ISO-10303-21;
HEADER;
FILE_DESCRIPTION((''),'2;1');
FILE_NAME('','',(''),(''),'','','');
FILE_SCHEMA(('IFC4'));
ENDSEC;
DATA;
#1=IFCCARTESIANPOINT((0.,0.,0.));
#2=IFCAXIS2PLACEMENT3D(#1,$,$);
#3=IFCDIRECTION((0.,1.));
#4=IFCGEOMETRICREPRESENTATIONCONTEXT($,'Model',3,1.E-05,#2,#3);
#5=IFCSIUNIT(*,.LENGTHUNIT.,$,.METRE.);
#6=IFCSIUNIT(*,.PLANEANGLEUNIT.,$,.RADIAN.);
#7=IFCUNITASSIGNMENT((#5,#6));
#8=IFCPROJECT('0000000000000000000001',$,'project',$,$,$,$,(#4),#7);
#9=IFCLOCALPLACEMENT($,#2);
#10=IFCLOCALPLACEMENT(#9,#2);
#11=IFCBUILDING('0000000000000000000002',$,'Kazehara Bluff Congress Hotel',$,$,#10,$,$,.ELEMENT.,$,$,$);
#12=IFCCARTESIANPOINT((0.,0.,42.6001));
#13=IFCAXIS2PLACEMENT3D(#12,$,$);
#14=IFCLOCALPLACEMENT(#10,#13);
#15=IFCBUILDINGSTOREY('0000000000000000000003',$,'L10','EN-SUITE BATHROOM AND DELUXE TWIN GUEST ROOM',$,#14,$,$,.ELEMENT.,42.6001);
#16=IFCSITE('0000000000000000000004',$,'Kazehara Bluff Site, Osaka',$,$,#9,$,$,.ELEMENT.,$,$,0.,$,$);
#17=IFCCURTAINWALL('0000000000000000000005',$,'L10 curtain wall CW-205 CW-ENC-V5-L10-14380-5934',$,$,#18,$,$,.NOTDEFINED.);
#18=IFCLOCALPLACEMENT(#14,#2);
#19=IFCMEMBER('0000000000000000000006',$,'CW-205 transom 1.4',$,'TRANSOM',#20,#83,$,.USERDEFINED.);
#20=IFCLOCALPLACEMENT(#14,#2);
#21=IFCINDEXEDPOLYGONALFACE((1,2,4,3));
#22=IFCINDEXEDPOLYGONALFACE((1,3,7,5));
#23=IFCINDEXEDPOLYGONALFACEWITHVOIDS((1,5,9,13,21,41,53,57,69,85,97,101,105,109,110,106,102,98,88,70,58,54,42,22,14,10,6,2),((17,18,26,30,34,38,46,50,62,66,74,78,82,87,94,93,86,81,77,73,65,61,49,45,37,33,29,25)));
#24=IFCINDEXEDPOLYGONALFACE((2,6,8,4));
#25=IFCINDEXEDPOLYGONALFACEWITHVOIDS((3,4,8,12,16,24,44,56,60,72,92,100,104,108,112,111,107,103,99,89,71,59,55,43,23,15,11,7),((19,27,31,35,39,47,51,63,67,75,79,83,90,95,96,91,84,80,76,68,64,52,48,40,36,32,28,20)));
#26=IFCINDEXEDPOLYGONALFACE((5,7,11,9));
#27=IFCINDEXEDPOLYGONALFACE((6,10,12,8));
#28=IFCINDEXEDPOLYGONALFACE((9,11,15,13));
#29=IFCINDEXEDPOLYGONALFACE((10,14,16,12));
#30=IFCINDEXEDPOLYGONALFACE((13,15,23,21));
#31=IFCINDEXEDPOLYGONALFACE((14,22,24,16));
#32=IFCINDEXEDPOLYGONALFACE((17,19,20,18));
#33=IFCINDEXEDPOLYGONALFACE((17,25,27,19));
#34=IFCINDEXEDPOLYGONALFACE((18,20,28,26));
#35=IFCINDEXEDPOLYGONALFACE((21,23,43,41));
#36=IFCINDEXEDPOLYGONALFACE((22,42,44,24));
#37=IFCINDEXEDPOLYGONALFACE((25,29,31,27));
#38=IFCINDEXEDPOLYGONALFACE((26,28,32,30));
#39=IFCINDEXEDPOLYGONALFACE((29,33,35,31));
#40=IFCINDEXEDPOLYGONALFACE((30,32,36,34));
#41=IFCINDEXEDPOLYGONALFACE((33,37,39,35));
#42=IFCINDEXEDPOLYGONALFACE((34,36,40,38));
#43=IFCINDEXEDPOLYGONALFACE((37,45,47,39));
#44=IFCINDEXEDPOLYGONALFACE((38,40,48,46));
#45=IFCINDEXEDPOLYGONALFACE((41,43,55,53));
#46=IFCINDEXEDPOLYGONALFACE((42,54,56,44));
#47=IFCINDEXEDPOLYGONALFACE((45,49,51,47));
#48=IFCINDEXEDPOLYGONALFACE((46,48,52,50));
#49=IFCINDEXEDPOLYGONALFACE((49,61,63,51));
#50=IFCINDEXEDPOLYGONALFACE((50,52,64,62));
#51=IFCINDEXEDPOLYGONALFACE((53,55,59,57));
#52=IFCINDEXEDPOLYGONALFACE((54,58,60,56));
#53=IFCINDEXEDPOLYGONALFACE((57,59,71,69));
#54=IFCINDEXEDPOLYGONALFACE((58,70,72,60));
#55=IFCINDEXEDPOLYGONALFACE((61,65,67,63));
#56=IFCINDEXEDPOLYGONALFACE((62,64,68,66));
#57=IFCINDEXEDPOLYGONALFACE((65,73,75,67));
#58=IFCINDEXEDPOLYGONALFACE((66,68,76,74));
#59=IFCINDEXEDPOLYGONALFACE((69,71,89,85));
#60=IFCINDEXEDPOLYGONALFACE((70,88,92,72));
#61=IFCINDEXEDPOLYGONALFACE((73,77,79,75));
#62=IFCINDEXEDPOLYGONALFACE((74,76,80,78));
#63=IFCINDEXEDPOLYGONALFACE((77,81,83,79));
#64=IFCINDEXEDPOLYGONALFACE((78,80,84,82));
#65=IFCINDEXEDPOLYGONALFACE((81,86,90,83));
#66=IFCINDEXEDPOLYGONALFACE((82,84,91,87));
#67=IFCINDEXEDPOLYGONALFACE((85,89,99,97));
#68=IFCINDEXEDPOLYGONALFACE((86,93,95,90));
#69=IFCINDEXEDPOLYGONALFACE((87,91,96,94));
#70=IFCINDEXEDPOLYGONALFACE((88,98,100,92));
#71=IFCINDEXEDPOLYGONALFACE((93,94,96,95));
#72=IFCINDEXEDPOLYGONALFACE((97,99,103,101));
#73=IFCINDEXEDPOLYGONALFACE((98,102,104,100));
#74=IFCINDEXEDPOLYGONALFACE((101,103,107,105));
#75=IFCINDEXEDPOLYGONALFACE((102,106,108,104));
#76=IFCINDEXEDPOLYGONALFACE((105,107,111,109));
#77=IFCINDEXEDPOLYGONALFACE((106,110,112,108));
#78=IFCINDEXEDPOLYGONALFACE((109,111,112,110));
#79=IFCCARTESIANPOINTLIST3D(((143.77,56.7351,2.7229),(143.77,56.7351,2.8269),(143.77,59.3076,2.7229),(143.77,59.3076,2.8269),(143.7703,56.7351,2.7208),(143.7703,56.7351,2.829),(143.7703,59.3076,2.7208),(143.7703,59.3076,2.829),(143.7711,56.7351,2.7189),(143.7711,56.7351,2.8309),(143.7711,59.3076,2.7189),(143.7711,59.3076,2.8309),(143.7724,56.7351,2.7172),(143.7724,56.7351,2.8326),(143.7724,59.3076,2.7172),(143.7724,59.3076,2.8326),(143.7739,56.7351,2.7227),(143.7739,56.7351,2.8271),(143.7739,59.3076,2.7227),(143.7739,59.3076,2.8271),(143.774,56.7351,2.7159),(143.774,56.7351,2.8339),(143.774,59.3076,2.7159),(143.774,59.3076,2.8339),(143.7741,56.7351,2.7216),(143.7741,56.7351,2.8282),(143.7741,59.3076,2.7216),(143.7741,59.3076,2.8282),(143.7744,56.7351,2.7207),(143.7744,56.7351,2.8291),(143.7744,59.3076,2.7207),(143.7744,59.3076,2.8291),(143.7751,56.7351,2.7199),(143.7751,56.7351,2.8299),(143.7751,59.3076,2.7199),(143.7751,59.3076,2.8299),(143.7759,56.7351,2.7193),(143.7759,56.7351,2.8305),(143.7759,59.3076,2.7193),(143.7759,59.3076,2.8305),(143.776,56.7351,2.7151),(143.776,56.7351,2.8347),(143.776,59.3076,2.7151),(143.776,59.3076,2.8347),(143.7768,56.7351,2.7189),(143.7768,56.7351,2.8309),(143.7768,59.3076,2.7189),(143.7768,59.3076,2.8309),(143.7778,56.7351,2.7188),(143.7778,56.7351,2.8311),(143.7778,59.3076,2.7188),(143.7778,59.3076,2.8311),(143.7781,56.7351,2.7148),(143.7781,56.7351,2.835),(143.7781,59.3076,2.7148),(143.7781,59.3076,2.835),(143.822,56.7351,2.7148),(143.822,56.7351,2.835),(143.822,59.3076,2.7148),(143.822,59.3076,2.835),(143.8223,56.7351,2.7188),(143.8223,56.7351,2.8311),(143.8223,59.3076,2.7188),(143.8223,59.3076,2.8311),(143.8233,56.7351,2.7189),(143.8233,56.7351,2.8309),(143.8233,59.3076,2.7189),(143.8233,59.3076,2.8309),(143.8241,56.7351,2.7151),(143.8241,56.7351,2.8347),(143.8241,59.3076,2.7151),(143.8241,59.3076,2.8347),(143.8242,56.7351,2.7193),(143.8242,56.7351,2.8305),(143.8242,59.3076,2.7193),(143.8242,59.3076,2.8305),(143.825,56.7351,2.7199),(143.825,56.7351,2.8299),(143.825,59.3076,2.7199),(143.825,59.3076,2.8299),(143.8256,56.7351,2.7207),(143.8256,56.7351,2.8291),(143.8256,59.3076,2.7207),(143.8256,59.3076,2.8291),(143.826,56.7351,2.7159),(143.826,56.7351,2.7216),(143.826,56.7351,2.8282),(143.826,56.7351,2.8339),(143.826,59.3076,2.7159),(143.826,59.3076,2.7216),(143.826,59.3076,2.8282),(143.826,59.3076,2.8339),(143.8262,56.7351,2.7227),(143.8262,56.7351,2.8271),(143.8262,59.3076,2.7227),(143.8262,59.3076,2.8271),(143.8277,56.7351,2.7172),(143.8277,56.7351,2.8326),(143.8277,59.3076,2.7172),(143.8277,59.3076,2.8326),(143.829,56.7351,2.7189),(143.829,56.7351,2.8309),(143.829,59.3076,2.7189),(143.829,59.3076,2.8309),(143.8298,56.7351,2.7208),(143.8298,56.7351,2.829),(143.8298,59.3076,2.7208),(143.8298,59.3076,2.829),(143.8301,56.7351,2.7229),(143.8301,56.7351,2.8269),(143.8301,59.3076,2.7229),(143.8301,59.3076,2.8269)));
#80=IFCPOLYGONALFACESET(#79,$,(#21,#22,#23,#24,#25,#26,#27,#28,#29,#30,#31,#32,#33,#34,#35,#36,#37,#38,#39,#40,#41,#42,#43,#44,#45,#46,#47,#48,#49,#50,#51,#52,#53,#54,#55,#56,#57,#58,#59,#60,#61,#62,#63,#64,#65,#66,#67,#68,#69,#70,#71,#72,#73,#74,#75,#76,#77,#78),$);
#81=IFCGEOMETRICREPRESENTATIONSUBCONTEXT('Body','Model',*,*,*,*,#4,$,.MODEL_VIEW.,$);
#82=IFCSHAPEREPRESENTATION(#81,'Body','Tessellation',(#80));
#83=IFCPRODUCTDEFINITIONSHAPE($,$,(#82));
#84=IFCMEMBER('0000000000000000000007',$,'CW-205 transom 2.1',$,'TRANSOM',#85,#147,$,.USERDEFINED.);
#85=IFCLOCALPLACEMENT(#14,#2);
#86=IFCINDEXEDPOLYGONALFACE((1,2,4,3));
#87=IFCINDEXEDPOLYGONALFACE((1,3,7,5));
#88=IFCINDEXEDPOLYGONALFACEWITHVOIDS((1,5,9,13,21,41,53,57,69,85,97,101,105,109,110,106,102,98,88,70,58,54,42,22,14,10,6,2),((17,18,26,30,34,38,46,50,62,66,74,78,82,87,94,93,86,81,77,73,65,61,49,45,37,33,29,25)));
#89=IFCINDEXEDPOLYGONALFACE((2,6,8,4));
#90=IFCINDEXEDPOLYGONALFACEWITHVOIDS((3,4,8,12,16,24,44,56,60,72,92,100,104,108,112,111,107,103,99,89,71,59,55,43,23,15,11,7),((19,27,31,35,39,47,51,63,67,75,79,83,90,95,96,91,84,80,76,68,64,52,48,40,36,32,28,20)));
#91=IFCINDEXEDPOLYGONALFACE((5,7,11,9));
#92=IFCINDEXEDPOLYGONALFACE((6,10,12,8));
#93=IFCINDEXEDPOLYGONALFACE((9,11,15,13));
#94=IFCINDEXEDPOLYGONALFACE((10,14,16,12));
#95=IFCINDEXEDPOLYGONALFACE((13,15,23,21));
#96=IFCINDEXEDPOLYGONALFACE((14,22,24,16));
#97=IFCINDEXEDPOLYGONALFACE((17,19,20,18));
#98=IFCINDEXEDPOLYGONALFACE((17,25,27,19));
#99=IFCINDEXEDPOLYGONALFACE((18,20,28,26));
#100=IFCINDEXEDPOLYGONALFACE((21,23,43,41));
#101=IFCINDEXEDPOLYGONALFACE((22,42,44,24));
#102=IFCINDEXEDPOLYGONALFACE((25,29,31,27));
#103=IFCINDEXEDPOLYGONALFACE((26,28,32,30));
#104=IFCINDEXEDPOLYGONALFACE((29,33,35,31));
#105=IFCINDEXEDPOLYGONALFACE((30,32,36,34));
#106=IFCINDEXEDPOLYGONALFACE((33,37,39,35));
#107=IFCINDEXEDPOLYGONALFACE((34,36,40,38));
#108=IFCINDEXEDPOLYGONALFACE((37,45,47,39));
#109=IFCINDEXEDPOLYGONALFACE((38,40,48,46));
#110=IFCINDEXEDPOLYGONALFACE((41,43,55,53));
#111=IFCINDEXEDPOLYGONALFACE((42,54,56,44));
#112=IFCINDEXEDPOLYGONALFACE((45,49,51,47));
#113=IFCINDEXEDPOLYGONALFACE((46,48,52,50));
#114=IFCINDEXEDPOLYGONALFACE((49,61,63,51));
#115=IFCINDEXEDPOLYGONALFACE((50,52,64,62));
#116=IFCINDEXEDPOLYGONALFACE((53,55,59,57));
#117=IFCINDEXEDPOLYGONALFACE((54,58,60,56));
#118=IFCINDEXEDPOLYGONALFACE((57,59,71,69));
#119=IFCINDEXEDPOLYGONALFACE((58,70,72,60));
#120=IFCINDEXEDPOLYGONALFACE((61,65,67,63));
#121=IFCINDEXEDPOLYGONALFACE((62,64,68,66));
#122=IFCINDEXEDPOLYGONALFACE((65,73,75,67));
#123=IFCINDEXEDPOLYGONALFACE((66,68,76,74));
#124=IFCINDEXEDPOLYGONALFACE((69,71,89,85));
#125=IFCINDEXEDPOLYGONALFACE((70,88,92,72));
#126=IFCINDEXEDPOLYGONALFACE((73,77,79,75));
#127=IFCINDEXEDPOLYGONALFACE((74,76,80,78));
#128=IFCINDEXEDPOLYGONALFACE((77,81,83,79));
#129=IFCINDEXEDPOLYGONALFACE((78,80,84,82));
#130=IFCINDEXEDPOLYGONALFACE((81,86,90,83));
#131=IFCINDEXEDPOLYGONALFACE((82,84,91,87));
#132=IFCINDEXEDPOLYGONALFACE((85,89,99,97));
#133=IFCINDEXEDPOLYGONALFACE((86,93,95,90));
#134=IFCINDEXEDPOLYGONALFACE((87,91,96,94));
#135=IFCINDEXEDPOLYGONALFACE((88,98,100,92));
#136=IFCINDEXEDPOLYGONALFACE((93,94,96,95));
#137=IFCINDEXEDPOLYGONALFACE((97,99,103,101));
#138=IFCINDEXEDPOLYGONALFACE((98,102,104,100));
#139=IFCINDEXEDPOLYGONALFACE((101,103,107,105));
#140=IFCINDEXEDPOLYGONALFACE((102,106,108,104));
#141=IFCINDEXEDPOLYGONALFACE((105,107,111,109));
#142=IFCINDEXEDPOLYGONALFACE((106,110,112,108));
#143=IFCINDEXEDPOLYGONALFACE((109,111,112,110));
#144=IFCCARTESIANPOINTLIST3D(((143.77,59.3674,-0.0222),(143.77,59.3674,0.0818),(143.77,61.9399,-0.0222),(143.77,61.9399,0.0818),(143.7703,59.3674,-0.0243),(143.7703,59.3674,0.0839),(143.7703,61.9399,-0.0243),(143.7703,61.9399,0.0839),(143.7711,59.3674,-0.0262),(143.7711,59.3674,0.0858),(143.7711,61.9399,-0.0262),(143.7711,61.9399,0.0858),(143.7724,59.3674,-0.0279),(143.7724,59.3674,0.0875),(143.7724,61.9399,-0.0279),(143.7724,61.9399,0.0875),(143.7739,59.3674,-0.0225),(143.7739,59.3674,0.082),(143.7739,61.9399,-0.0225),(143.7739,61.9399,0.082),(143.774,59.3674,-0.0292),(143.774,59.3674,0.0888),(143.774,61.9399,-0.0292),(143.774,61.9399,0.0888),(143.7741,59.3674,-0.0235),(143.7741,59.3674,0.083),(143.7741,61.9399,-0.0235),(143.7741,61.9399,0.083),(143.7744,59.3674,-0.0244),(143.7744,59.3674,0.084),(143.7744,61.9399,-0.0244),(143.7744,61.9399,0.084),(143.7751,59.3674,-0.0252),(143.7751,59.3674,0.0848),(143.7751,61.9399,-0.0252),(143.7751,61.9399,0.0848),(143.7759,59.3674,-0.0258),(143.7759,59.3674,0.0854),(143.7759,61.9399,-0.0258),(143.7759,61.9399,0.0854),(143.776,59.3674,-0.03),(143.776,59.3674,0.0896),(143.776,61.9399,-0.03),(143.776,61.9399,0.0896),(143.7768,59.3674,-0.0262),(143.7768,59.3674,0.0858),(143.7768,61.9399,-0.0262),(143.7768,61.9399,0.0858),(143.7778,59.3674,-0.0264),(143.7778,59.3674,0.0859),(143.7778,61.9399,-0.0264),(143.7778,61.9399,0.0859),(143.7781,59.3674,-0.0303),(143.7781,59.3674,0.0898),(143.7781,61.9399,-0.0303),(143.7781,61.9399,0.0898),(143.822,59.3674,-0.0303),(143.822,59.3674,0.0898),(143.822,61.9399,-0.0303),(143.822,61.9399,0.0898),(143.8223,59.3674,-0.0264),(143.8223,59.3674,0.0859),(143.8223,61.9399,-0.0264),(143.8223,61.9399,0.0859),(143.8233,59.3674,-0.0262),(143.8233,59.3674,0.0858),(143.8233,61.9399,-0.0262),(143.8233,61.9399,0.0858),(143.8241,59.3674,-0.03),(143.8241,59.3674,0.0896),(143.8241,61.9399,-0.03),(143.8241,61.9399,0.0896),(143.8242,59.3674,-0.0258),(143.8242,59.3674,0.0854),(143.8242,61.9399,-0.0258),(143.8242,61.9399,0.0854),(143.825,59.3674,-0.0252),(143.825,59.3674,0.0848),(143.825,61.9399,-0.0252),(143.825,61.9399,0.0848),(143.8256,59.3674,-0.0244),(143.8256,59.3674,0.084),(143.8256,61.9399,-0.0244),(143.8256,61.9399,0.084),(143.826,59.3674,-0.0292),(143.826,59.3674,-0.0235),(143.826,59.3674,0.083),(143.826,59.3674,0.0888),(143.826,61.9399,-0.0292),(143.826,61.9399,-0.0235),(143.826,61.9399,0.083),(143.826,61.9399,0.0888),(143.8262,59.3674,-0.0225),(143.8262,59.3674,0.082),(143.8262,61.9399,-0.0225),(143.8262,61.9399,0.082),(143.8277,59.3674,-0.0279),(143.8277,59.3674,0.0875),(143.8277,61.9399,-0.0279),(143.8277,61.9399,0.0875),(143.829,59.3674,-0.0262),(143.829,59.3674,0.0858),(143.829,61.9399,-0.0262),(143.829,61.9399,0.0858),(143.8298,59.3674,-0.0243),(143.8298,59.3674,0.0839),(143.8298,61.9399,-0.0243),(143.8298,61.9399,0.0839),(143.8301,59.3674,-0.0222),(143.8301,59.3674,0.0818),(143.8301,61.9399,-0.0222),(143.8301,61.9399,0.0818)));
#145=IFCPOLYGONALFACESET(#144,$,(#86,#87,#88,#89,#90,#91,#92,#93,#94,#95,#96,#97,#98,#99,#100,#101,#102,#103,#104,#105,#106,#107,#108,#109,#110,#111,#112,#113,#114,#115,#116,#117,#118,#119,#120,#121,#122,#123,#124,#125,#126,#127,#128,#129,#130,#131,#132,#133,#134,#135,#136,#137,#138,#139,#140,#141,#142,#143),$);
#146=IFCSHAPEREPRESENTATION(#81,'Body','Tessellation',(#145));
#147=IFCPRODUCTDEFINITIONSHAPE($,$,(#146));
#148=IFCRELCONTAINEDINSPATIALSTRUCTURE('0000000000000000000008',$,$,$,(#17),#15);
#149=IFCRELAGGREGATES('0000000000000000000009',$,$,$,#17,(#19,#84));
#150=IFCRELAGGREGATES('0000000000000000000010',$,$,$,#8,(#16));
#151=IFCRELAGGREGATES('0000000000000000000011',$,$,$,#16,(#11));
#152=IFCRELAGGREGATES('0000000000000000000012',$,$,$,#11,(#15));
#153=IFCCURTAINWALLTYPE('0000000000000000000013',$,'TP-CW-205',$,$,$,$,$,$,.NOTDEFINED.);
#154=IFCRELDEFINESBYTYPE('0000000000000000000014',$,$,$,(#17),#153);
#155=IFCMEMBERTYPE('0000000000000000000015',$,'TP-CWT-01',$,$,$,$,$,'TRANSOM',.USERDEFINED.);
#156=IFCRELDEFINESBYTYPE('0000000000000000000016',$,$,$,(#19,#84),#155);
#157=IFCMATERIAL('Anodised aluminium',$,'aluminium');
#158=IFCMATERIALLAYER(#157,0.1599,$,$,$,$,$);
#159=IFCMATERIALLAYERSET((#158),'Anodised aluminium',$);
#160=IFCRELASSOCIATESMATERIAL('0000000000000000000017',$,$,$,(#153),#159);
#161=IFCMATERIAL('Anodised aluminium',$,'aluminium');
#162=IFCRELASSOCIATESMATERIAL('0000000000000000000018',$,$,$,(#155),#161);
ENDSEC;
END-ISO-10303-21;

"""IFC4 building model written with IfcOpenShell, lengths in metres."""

from ifc_helpers import new_model, si_unit, direction, frame, origin, origin_2d, place, context, subcontext, project, spatial, hollow_rectangle, extrude, material, layer, layer_set, material_profile, profile_set, type_object, element, aggregate, save


model = new_model("IFC4")

# Units and contexts
model_context = context("Model", 3, precision=1e-05, world=origin(), true_north=direction((0.0, 1.0)))
body_context = subcontext(model_context, "Body", "Model", "MODEL_VIEW")
ifc_project = project(units=[si_unit("LENGTHUNIT", "METRE"), si_unit("PLANEANGLEUNIT", "RADIAN")], contexts=[model_context])

# Site, building, storey
site_placement = place(None, origin())
site = spatial("IfcSite", under=ifc_project, at=site_placement, Name="Kazehara Bluff Site, Osaka", CompositionType="ELEMENT", RefElevation=0.0)
building_placement = place(site_placement, origin())
building = spatial("IfcBuilding", under=site, at=building_placement, Name="Kazehara Bluff Congress Hotel", CompositionType="ELEMENT")
storey_placement = place(building_placement, frame((0.0, 0.0, 42.6001)))
storey = spatial("IfcBuildingStorey", under=building, at=storey_placement, Name="L10", Description="EN-SUITE BATHROOM AND DELUXE TWIN GUEST ROOM", CompositionType="ELEMENT", Elevation=42.6001)

# Curtain wall
ifc_material_1 = material(Name="Anodised aluminium", Category="aluminium")
ifc_layer_1 = layer(ifc_material_1, 0.1599)
ifc_layer_set_1 = layer_set([ifc_layer_1], Name="Anodised aluminium")
curtain_wall_type_1 = type_object("IfcCurtainWallType", Name="TP-CW-205", PredefinedType="NOTDEFINED", material=ifc_layer_set_1)
curtain_wall_1_placement = place(storey_placement, origin())
curtain_wall_1 = element("IfcCurtainWall", 1, at=curtain_wall_1_placement, inside=storey, type_object=curtain_wall_type_1, Name="L10 curtain wall CW-205 CW-ENC-V5-L10-14380-5934", PredefinedType="NOTDEFINED")

# Members
ifc_material_2 = material(Name="Anodised aluminium", Category="aluminium")
ifc_material_profile_1 = material_profile(ifc_material_2, hollow_rectangle(XDim=0.0601, YDim=0.1201, WallThickness=0.0039, InnerFilletRadius=0.0039, OuterFilletRadius=0.0081, at=origin_2d()))
ifc_profile_set_1 = profile_set([ifc_material_profile_1], Name="Anodised aluminium")
member_type_1 = type_object("IfcMemberType", Name="TP-CWT-01", ElementType="TRANSOM", PredefinedType="USERDEFINED", material=ifc_profile_set_1)
member_1_placement = place(storey_placement, frame((143.8, 56.7351, 2.7749), z_axis=(0.0, 1.0, 0.0), x_axis=(-1.0, 0.0, 0.0)))
member_1 = element("IfcMember", 2, at=member_1_placement, type_object=member_type_1, Name="CW-205 transom 1.4", ObjectType="TRANSOM", PredefinedType="USERDEFINED", context=body_context, shape_type="SweptSolid", body=[
    extrude(hollow_rectangle(XDim=0.0601, YDim=0.1201, WallThickness=0.0039, InnerFilletRadius=0.0039, OuterFilletRadius=0.0081, at=origin_2d()), origin(), (0.0, 0.0, 1.0), 2.5725),
])
member_2_placement = place(storey_placement, frame((143.8, 59.3674, 0.0298), z_axis=(0.0, 1.0, 0.0), x_axis=(-1.0, 0.0, 0.0)))
member_2 = element("IfcMember", 3, at=member_2_placement, type_object=member_type_1, Name="CW-205 transom 2.1", ObjectType="TRANSOM", PredefinedType="USERDEFINED", context=body_context, shape_type="SweptSolid", body=[
    extrude(hollow_rectangle(XDim=0.0601, YDim=0.1201, WallThickness=0.0039, InnerFilletRadius=0.0039, OuterFilletRadius=0.0081, at=origin_2d()), origin(), (0.0, 0.0, 1.0), 2.5725),
])

aggregate(curtain_wall_1, [member_1, member_2])

save(model, "model.ifc")
